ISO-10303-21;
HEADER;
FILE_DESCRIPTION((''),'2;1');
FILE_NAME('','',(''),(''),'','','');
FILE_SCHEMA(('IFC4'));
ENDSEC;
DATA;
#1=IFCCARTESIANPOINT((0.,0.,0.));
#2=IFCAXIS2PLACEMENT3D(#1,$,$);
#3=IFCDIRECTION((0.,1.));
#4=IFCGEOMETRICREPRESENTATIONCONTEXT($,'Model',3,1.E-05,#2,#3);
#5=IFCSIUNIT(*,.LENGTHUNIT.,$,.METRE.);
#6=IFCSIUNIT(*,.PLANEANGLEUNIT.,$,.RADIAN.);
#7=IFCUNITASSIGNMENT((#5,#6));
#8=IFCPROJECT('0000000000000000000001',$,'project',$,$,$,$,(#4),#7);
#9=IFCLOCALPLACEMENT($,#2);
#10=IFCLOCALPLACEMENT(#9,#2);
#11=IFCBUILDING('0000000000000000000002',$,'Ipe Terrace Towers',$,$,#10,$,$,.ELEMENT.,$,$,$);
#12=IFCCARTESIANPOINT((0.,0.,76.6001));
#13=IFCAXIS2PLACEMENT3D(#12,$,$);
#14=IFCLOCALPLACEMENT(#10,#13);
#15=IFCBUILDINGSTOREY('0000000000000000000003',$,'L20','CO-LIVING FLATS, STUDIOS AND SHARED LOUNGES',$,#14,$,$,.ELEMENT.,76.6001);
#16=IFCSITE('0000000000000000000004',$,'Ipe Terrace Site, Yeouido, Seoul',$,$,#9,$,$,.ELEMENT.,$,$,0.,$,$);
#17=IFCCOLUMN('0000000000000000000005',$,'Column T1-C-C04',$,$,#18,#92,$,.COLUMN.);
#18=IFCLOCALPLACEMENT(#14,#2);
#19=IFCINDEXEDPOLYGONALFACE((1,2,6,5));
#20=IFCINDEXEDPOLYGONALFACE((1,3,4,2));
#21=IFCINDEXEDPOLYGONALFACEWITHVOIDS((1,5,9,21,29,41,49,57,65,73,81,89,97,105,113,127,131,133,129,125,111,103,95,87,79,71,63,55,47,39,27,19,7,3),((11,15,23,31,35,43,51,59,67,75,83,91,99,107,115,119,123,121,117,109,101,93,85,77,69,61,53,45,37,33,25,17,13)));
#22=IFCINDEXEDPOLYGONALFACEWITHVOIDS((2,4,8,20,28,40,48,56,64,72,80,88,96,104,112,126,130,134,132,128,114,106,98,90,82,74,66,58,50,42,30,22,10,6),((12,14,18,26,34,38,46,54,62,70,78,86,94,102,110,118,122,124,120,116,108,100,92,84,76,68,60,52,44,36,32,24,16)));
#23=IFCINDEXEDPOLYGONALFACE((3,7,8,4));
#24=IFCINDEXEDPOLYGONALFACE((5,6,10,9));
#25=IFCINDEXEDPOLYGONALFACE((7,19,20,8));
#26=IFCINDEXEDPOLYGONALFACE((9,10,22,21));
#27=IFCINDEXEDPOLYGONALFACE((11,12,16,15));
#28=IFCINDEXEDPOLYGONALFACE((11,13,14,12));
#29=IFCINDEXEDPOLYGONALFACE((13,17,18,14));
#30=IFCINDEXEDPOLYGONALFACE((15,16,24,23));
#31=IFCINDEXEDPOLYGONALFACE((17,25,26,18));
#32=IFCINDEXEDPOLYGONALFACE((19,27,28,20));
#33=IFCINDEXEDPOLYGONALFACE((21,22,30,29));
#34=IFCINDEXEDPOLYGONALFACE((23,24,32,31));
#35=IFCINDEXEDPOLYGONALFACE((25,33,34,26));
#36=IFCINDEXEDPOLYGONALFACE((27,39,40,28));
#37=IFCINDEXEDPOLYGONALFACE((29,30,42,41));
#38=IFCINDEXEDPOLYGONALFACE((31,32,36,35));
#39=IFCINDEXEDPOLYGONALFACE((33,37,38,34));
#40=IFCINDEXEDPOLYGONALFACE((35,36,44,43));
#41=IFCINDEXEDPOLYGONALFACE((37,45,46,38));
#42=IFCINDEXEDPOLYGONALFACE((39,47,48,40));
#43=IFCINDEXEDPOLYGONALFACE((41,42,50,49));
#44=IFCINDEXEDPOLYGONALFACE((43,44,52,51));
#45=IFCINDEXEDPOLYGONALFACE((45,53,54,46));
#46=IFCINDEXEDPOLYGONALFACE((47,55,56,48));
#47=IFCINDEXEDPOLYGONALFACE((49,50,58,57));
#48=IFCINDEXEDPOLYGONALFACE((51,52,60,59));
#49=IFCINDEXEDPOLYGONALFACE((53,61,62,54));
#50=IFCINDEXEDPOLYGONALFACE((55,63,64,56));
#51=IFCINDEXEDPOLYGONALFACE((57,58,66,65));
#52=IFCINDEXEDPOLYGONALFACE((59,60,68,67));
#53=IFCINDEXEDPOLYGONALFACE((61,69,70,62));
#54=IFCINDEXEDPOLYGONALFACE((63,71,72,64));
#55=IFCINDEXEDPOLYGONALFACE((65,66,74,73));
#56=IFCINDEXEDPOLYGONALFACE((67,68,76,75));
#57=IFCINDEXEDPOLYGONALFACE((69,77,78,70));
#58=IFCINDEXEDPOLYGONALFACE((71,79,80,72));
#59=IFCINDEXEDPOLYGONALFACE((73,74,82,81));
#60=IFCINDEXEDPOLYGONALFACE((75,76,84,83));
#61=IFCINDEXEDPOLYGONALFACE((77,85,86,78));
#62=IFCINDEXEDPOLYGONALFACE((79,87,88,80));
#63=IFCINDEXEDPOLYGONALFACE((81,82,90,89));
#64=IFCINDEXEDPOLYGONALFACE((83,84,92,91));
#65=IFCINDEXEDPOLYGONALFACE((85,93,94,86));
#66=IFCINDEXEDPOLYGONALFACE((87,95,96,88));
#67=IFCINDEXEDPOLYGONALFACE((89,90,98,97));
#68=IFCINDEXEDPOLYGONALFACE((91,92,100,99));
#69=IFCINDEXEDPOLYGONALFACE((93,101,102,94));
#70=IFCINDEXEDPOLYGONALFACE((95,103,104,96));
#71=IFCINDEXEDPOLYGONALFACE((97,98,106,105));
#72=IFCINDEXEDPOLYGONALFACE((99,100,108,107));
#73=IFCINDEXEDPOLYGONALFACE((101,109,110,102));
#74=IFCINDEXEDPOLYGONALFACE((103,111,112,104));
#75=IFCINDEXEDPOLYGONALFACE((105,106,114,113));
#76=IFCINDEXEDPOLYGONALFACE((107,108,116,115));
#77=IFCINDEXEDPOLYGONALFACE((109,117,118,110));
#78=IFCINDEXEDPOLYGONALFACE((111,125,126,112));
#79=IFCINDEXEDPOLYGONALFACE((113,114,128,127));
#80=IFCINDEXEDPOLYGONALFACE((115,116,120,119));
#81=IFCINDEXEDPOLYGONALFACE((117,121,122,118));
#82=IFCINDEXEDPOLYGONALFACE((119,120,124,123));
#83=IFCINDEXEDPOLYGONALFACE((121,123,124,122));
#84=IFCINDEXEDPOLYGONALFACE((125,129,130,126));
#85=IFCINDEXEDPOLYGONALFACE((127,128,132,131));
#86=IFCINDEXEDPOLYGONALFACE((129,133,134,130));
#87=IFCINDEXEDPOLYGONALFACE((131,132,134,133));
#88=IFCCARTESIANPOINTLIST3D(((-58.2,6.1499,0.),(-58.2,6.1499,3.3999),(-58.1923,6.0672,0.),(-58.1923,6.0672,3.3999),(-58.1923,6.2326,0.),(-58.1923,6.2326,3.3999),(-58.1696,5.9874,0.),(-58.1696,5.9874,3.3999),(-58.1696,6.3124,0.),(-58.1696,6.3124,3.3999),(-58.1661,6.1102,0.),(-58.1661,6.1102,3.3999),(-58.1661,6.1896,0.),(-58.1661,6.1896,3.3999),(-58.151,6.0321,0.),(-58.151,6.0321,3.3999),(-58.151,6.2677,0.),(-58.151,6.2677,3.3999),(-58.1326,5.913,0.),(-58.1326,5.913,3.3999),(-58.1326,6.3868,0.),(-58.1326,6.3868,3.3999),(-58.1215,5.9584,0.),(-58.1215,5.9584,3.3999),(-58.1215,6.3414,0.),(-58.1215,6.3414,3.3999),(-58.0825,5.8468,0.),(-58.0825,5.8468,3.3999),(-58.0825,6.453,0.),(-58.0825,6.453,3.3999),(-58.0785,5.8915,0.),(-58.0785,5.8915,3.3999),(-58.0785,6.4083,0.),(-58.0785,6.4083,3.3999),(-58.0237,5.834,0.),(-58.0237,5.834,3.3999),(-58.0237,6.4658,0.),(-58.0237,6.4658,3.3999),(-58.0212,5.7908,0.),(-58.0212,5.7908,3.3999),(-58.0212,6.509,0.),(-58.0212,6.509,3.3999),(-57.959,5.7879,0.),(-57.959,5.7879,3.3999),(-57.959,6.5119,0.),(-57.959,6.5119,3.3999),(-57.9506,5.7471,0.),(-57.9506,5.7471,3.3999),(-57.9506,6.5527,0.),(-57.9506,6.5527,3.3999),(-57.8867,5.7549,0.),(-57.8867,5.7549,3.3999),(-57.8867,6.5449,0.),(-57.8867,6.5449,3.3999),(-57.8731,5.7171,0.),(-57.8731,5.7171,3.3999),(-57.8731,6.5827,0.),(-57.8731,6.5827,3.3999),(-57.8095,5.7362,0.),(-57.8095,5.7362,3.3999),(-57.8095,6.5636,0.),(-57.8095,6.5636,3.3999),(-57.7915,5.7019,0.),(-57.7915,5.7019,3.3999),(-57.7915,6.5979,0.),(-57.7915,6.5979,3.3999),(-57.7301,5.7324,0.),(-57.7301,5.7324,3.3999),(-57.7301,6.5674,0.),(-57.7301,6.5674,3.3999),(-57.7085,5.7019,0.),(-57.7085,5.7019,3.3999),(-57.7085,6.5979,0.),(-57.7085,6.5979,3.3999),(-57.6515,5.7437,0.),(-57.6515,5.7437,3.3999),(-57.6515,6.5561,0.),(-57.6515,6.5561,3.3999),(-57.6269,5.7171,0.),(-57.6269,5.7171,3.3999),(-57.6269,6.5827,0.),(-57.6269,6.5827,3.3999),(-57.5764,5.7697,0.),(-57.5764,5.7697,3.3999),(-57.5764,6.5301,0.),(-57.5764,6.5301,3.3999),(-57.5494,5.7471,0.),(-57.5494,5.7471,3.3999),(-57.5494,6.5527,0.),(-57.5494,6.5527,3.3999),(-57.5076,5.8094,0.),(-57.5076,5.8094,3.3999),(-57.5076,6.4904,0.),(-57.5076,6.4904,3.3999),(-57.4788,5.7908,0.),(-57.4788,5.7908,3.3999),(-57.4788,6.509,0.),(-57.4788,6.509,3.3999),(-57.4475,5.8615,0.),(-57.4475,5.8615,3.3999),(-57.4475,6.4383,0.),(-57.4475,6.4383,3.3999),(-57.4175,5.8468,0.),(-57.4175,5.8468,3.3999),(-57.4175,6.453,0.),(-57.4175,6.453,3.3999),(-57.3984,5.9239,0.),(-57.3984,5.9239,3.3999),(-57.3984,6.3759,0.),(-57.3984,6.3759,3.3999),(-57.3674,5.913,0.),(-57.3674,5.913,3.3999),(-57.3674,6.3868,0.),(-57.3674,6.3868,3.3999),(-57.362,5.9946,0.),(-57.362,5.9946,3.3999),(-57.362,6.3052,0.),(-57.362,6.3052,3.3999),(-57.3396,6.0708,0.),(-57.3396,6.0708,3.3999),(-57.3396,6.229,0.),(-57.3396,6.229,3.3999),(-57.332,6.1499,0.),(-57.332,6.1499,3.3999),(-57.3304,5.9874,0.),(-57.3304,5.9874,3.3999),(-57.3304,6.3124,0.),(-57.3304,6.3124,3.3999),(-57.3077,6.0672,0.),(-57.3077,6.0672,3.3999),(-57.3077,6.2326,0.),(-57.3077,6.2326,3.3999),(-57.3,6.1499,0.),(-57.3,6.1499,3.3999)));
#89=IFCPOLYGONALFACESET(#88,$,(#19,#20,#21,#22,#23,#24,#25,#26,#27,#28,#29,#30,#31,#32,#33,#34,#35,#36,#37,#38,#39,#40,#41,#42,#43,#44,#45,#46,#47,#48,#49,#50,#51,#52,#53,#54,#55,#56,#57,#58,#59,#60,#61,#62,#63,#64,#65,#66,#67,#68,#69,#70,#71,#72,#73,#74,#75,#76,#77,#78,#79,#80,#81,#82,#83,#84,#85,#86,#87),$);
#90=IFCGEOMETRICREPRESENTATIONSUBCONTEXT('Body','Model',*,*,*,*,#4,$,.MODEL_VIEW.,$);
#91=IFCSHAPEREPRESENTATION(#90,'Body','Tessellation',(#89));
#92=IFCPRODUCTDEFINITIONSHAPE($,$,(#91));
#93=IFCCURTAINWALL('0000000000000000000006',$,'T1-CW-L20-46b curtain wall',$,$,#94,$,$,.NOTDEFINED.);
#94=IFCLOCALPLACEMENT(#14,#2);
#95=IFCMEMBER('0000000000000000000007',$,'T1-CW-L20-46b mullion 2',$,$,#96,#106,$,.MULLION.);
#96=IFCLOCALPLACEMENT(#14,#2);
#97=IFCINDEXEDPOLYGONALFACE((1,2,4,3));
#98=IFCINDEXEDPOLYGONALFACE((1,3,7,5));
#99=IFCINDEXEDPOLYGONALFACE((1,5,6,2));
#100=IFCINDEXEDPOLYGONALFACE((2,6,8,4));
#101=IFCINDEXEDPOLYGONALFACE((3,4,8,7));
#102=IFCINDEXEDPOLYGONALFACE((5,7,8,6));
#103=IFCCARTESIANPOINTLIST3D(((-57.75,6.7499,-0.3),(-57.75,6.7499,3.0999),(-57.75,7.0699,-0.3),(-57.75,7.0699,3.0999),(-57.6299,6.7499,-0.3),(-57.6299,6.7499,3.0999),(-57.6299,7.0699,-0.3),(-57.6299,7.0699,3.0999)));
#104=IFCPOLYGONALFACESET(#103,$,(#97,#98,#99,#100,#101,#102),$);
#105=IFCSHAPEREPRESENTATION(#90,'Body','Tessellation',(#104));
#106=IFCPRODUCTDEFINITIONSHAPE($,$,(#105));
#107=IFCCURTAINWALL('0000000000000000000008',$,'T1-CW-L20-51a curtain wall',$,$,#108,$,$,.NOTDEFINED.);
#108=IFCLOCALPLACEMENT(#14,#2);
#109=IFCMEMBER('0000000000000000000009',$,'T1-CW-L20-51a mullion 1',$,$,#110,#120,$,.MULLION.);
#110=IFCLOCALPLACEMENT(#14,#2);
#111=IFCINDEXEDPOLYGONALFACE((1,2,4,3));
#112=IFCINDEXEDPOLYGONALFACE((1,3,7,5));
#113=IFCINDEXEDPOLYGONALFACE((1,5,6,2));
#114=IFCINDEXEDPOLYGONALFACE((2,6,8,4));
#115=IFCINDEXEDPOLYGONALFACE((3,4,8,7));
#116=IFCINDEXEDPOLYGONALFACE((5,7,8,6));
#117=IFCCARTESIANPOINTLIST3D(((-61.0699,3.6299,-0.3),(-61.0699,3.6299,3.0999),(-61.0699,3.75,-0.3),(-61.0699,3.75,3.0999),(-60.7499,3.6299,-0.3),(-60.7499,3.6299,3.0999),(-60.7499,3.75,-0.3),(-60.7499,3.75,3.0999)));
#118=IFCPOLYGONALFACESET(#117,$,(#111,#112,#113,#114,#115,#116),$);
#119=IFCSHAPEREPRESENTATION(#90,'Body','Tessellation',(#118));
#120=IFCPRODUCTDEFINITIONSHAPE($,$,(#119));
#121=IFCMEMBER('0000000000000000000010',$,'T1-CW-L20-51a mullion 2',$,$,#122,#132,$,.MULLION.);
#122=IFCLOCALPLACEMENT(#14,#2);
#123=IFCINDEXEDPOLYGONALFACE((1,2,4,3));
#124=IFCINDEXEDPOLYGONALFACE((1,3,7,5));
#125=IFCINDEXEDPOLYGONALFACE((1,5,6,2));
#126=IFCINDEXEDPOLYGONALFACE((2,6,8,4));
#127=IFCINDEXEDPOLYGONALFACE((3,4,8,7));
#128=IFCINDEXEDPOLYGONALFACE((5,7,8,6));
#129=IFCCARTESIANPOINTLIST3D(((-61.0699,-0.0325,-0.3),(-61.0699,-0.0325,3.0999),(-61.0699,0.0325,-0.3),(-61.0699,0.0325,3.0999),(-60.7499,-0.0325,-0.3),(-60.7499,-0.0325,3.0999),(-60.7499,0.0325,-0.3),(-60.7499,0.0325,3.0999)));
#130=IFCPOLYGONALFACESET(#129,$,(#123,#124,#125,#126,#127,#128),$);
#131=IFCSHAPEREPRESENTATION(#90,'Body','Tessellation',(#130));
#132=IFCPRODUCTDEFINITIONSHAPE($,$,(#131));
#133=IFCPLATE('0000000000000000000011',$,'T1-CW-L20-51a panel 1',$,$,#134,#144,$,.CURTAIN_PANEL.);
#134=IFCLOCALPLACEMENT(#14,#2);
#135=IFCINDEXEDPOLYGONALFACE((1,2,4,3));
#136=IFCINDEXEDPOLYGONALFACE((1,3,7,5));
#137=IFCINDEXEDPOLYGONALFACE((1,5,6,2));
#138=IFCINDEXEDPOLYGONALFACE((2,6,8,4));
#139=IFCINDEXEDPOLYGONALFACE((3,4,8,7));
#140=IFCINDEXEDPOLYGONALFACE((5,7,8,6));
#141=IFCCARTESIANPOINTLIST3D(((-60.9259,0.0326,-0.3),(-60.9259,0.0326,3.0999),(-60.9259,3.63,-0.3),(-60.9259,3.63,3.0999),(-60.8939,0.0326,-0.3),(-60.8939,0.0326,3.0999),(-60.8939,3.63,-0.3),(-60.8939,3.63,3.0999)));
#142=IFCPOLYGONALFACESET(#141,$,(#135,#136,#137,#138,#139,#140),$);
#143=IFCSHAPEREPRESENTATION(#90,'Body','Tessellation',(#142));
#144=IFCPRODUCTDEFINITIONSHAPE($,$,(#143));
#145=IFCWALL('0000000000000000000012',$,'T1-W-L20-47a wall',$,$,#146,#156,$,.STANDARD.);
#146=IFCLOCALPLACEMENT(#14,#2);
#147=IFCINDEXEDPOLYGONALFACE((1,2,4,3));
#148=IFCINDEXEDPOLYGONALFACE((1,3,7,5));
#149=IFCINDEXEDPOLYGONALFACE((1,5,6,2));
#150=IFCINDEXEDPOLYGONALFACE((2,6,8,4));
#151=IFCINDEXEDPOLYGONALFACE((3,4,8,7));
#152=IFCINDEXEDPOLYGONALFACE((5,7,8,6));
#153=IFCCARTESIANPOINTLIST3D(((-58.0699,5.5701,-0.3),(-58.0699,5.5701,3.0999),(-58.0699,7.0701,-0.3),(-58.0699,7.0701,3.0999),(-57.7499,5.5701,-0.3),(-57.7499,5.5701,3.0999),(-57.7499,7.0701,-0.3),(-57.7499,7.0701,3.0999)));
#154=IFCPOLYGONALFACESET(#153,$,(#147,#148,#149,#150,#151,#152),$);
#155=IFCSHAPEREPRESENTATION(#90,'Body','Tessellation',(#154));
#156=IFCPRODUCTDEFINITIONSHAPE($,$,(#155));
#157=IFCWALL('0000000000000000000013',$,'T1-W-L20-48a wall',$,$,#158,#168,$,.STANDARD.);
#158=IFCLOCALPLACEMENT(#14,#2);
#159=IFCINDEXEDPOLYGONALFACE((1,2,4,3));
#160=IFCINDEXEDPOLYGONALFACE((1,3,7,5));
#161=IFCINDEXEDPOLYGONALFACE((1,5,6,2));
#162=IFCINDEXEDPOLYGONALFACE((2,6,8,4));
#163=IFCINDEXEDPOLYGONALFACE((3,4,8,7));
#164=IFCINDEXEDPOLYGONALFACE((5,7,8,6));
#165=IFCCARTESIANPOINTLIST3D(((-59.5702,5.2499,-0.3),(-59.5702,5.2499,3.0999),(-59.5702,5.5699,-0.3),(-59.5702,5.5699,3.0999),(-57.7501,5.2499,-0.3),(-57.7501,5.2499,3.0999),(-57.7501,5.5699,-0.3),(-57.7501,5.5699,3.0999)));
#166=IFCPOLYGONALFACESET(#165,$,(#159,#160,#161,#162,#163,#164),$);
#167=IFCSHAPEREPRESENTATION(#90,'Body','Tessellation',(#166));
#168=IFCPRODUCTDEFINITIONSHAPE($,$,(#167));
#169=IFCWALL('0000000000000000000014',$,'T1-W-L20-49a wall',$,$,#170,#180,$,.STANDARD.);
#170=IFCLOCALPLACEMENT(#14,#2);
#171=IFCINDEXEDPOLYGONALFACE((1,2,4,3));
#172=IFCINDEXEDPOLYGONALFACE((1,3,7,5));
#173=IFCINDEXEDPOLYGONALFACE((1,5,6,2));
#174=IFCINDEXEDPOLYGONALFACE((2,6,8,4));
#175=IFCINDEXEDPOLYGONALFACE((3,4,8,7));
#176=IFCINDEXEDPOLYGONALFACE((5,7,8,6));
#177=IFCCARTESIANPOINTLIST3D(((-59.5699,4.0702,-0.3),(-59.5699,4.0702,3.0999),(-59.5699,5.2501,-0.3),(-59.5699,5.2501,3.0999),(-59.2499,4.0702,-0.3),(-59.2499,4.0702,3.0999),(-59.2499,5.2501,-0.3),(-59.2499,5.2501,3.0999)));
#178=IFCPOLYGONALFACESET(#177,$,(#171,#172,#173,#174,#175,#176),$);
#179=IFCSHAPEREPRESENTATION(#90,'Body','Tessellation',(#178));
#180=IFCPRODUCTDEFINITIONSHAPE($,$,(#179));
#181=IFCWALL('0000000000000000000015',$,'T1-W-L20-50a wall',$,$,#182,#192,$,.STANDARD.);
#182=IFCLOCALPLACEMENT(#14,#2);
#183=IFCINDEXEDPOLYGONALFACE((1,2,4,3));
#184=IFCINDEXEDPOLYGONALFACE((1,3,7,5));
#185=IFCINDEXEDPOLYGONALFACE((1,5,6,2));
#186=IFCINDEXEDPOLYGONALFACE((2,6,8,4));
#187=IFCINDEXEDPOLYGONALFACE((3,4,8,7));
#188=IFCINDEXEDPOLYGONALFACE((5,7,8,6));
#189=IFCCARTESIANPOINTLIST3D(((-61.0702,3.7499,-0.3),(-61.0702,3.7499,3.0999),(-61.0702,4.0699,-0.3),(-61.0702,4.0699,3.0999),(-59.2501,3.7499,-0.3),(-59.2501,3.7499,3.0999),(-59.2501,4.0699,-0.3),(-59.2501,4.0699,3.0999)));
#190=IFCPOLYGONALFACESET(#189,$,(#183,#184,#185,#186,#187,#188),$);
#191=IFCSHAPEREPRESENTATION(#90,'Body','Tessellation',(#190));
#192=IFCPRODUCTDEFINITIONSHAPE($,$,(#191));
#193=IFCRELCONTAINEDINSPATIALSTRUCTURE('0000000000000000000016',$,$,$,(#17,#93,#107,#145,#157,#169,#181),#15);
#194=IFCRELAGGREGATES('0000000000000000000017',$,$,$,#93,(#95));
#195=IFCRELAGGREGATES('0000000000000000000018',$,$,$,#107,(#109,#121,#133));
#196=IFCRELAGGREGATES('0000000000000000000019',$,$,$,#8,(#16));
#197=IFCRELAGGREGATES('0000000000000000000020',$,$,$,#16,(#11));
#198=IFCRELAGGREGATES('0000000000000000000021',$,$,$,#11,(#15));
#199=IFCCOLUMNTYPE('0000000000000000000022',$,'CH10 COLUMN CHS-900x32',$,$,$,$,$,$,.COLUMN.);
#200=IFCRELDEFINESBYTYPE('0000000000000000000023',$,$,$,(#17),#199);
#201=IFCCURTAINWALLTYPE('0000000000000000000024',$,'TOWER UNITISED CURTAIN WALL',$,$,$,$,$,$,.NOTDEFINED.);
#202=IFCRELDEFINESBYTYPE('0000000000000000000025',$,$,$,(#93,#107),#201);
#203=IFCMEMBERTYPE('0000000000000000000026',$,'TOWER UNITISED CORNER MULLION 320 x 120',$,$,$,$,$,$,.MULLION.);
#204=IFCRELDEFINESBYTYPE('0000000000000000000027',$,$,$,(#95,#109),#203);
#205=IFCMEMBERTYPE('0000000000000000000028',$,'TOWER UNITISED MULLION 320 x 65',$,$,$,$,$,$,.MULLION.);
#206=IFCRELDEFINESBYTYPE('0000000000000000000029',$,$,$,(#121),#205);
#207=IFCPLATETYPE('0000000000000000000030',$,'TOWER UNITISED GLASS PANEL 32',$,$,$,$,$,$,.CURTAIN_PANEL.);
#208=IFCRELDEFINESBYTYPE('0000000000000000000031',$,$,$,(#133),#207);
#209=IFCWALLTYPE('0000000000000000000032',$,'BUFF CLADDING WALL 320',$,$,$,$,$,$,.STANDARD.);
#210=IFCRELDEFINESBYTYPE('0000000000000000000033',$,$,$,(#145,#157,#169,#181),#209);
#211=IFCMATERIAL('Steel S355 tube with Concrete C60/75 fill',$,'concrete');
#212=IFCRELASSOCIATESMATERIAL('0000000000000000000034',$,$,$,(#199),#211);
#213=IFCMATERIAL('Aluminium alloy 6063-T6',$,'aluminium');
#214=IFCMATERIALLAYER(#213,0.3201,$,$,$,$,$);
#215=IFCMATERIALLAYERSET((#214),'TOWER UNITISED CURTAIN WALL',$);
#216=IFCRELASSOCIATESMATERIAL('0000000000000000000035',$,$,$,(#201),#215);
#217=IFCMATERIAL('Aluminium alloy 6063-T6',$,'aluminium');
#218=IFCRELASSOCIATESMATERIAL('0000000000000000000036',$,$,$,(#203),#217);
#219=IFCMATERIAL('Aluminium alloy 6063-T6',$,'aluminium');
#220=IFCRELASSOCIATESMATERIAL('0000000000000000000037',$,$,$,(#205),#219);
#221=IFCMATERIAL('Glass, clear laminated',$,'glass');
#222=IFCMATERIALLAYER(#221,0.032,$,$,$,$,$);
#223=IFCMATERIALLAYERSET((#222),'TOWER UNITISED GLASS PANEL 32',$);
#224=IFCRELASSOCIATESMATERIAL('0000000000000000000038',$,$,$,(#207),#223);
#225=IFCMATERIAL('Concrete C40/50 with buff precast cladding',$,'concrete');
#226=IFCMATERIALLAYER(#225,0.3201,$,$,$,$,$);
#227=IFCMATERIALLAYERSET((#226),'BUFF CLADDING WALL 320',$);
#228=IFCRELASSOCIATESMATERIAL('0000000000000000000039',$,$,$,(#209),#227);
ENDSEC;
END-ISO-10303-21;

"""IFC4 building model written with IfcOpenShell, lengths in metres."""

from ifc_helpers import new_model, si_unit, direction, frame, frame_2d, origin, origin_2d, place, context, subcontext, project, spatial, rectangle, hollow_circle, extrude, material, layer, layer_set, material_profile, profile_set, type_object, element, aggregate, save


model = new_model("IFC4")

# Units and contexts
model_context = context("Model", 3, precision=1e-05, world=origin(), true_north=direction((0.0, 1.0)))
body_context = subcontext(model_context, "Body", "Model", "MODEL_VIEW")
ifc_project = project(units=[si_unit("LENGTHUNIT", "METRE"), si_unit("PLANEANGLEUNIT", "RADIAN")], contexts=[model_context])

# Site, building, storey
site_placement = place(None, origin())
site = spatial("IfcSite", under=ifc_project, at=site_placement, Name="Ipe Terrace Site, Yeouido, Seoul", CompositionType="ELEMENT", RefElevation=0.0)
building_placement = place(site_placement, origin())
building = spatial("IfcBuilding", under=site, at=building_placement, Name="Ipe Terrace Towers", CompositionType="ELEMENT")
storey_placement = place(building_placement, frame((0.0, 0.0, 76.6001)))
storey = spatial("IfcBuildingStorey", under=building, at=storey_placement, Name="L20", Description="CO-LIVING FLATS, STUDIOS AND SHARED LOUNGES", CompositionType="ELEMENT", Elevation=76.6001)

# Column
ifc_material_1 = material(Name="Steel S355 tube with Concrete C60/75 fill", Category="concrete")
ifc_material_profile_1 = material_profile(ifc_material_1, hollow_circle(Radius=0.45, WallThickness=0.032, at=origin_2d()), Name="CHS-900x32")
ifc_profile_set_1 = profile_set([ifc_material_profile_1], Name="Steel S355 tube with Concrete C60/75 fill")
column_type = type_object("IfcColumnType", Name="CH10 COLUMN CHS-900x32", PredefinedType="COLUMN", material=ifc_profile_set_1)
column_placement = place(storey_placement, frame((-57.75, 6.1499, 0.0), z_axis=(0.0, 0.0, 1.0), x_axis=(1.0, 0.0, 0.0)))
element("IfcColumn", 1, at=column_placement, inside=storey, type_object=column_type, Name="Column T1-C-C04", PredefinedType="COLUMN", context=body_context, shape_type="SweptSolid", body=[
    extrude(hollow_circle(Radius=0.45, WallThickness=0.032, at=origin_2d()), origin(), (0.0, 0.0, 1.0), 3.3999),
])

# Curtain wall, member
ifc_material_2 = material(Name="Aluminium alloy 6063-T6", Category="aluminium")
ifc_layer_1 = layer(ifc_material_2, 0.3201)
ifc_layer_set_1 = layer_set([ifc_layer_1], Name="TOWER UNITISED CURTAIN WALL")
curtain_wall_type = type_object("IfcCurtainWallType", Name="TOWER UNITISED CURTAIN WALL", PredefinedType="NOTDEFINED", material=ifc_layer_set_1)
curtain_wall_1_placement = place(storey_placement, origin())
curtain_wall_1 = element("IfcCurtainWall", 2, at=curtain_wall_1_placement, inside=storey, type_object=curtain_wall_type, Name="T1-CW-L20-46b curtain wall", PredefinedType="NOTDEFINED")
ifc_material_3 = material(Name="Aluminium alloy 6063-T6", Category="aluminium")
ifc_material_profile_2 = material_profile(ifc_material_3, rectangle(XDim=0.3201, YDim=0.1201, at=origin_2d()), Name="TOWER UNITISED CORNER MULLION 320 x 120")
ifc_profile_set_2 = profile_set([ifc_material_profile_2], Name="Aluminium alloy 6063-T6")
member_type_1 = type_object("IfcMemberType", Name="TOWER UNITISED CORNER MULLION 320 x 120", PredefinedType="MULLION", material=ifc_profile_set_2)
member_1_placement = place(storey_placement, frame((-57.6899, 6.9099, -0.3), z_axis=(0.0, 0.0, 1.0), x_axis=(0.0, 1.0, 0.0)))
member_1 = element("IfcMember", 3, at=member_1_placement, type_object=member_type_1, Name="T1-CW-L20-46b mullion 2", PredefinedType="MULLION", context=body_context, shape_type="SweptSolid", body=[
    extrude(rectangle(XDim=0.3201, YDim=0.1201, at=origin_2d()), origin(), (0.0, 0.0, 1.0), 3.3999),
])
aggregate(curtain_wall_1, [member_1])

# Curtain wall, members, plate
curtain_wall_2_placement = place(storey_placement, origin())
curtain_wall_2 = element("IfcCurtainWall", 4, at=curtain_wall_2_placement, inside=storey, type_object=curtain_wall_type, Name="T1-CW-L20-51a curtain wall", PredefinedType="NOTDEFINED")
member_2_placement = place(storey_placement, frame((-60.9099, 3.6899, -0.3), z_axis=(0.0, 0.0, 1.0), x_axis=(-1.0, 0.0, 0.0)))
member_2 = element("IfcMember", 5, at=member_2_placement, type_object=member_type_1, Name="T1-CW-L20-51a mullion 1", PredefinedType="MULLION", context=body_context, shape_type="SweptSolid", body=[
    extrude(rectangle(XDim=0.3201, YDim=0.1201, at=origin_2d()), origin(), (0.0, 0.0, 1.0), 3.3999),
])
ifc_material_4 = material(Name="Aluminium alloy 6063-T6", Category="aluminium")
ifc_material_profile_3 = material_profile(ifc_material_4, rectangle(XDim=0.3201, YDim=0.0649, at=origin_2d()), Name="TOWER UNITISED MULLION 320 x 65")
ifc_profile_set_3 = profile_set([ifc_material_profile_3], Name="Aluminium alloy 6063-T6")
member_type_2 = type_object("IfcMemberType", Name="TOWER UNITISED MULLION 320 x 65", PredefinedType="MULLION", material=ifc_profile_set_3)
member_3_placement = place(storey_placement, frame((-60.9099, 0.0, -0.3), z_axis=(0.0, 0.0, 1.0), x_axis=(-1.0, 0.0, 0.0)))
member_3 = element("IfcMember", 6, at=member_3_placement, type_object=member_type_2, Name="T1-CW-L20-51a mullion 2", PredefinedType="MULLION", context=body_context, shape_type="SweptSolid", body=[
    extrude(rectangle(XDim=0.3201, YDim=0.0649, at=origin_2d()), origin(), (0.0, 0.0, 1.0), 3.3999),
])
ifc_material_5 = material(Name="Glass, clear laminated", Category="glass")
ifc_layer_2 = layer(ifc_material_5, 0.032)
ifc_layer_set_2 = layer_set([ifc_layer_2], Name="TOWER UNITISED GLASS PANEL 32")
plate_type = type_object("IfcPlateType", Name="TOWER UNITISED GLASS PANEL 32", PredefinedType="CURTAIN_PANEL", material=ifc_layer_set_2)
plate_placement = place(storey_placement, frame((-60.9099, 1.8313, -0.3), z_axis=(0.0, 0.0, 1.0), x_axis=(0.0, -1.0, 0.0)))
plate = element("IfcPlate", 7, at=plate_placement, type_object=plate_type, Name="T1-CW-L20-51a panel 1", PredefinedType="CURTAIN_PANEL", context=body_context, shape_type="SweptSolid", body=[
    extrude(rectangle(XDim=3.5974, YDim=0.032, at=origin_2d()), origin(), (0.0, 0.0, 1.0), 3.3999),
])
aggregate(curtain_wall_2, [member_2, member_3, plate])

# Walls
ifc_material_6 = material(Name="Concrete C40/50 with buff precast cladding", Category="concrete")
ifc_layer_3 = layer(ifc_material_6, 0.3201)
ifc_layer_set_3 = layer_set([ifc_layer_3], Name="BUFF CLADDING WALL 320")
wall_type_1 = type_object("IfcWallType", Name="BUFF CLADDING WALL 320", PredefinedType="STANDARD", material=ifc_layer_set_3)
wall_1_placement = place(storey_placement, frame((-57.9099, 7.0701, -0.3), z_axis=(0.0, 0.0, 1.0), x_axis=(0.0, -1.0, 0.0)))
element("IfcWall", 8, at=wall_1_placement, inside=storey, type_object=wall_type_1, Name="T1-W-L20-47a wall", PredefinedType="STANDARD", context=body_context, shape_type="SweptSolid", body=[
    extrude(rectangle(XDim=1.5, YDim=0.3201, at=frame_2d((0.75, 0.0))), origin(), (0.0, 0.0, 1.0), 3.3999),
])
wall_2_placement = place(storey_placement, frame((-57.75, 5.4099, -0.3), z_axis=(0.0, 0.0, 1.0), x_axis=(-1.0, 0.0, 0.0)))
element("IfcWall", 9, at=wall_2_placement, inside=storey, type_object=wall_type_1, Name="T1-W-L20-48a wall", PredefinedType="STANDARD", context=body_context, shape_type="SweptSolid", body=[
    extrude(rectangle(XDim=1.8201, YDim=0.3201, at=frame_2d((0.9102, 0.0))), origin(), (0.0, 0.0, 1.0), 3.3999),
])
wall_3_placement = place(storey_placement, frame((-59.4099, 5.25, -0.3), z_axis=(0.0, 0.0, 1.0), x_axis=(0.0, -1.0, 0.0)))
element("IfcWall", 10, at=wall_3_placement, inside=storey, type_object=wall_type_1, Name="T1-W-L20-49a wall", PredefinedType="STANDARD", context=body_context, shape_type="SweptSolid", body=[
    extrude(rectangle(XDim=1.1799, YDim=0.3201, at=frame_2d((0.5898, 0.0))), origin(), (0.0, 0.0, 1.0), 3.3999),
])
wall_4_placement = place(storey_placement, frame((-59.25, 3.9099, -0.3), z_axis=(0.0, 0.0, 1.0), x_axis=(-1.0, 0.0, 0.0)))
element("IfcWall", 11, at=wall_4_placement, inside=storey, type_object=wall_type_1, Name="T1-W-L20-50a wall", PredefinedType="STANDARD", context=body_context, shape_type="SweptSolid", body=[
    extrude(rectangle(XDim=1.8201, YDim=0.3201, at=frame_2d((0.9102, 0.0))), origin(), (0.0, 0.0, 1.0), 3.3999),
])

save(model, "model.ifc")
